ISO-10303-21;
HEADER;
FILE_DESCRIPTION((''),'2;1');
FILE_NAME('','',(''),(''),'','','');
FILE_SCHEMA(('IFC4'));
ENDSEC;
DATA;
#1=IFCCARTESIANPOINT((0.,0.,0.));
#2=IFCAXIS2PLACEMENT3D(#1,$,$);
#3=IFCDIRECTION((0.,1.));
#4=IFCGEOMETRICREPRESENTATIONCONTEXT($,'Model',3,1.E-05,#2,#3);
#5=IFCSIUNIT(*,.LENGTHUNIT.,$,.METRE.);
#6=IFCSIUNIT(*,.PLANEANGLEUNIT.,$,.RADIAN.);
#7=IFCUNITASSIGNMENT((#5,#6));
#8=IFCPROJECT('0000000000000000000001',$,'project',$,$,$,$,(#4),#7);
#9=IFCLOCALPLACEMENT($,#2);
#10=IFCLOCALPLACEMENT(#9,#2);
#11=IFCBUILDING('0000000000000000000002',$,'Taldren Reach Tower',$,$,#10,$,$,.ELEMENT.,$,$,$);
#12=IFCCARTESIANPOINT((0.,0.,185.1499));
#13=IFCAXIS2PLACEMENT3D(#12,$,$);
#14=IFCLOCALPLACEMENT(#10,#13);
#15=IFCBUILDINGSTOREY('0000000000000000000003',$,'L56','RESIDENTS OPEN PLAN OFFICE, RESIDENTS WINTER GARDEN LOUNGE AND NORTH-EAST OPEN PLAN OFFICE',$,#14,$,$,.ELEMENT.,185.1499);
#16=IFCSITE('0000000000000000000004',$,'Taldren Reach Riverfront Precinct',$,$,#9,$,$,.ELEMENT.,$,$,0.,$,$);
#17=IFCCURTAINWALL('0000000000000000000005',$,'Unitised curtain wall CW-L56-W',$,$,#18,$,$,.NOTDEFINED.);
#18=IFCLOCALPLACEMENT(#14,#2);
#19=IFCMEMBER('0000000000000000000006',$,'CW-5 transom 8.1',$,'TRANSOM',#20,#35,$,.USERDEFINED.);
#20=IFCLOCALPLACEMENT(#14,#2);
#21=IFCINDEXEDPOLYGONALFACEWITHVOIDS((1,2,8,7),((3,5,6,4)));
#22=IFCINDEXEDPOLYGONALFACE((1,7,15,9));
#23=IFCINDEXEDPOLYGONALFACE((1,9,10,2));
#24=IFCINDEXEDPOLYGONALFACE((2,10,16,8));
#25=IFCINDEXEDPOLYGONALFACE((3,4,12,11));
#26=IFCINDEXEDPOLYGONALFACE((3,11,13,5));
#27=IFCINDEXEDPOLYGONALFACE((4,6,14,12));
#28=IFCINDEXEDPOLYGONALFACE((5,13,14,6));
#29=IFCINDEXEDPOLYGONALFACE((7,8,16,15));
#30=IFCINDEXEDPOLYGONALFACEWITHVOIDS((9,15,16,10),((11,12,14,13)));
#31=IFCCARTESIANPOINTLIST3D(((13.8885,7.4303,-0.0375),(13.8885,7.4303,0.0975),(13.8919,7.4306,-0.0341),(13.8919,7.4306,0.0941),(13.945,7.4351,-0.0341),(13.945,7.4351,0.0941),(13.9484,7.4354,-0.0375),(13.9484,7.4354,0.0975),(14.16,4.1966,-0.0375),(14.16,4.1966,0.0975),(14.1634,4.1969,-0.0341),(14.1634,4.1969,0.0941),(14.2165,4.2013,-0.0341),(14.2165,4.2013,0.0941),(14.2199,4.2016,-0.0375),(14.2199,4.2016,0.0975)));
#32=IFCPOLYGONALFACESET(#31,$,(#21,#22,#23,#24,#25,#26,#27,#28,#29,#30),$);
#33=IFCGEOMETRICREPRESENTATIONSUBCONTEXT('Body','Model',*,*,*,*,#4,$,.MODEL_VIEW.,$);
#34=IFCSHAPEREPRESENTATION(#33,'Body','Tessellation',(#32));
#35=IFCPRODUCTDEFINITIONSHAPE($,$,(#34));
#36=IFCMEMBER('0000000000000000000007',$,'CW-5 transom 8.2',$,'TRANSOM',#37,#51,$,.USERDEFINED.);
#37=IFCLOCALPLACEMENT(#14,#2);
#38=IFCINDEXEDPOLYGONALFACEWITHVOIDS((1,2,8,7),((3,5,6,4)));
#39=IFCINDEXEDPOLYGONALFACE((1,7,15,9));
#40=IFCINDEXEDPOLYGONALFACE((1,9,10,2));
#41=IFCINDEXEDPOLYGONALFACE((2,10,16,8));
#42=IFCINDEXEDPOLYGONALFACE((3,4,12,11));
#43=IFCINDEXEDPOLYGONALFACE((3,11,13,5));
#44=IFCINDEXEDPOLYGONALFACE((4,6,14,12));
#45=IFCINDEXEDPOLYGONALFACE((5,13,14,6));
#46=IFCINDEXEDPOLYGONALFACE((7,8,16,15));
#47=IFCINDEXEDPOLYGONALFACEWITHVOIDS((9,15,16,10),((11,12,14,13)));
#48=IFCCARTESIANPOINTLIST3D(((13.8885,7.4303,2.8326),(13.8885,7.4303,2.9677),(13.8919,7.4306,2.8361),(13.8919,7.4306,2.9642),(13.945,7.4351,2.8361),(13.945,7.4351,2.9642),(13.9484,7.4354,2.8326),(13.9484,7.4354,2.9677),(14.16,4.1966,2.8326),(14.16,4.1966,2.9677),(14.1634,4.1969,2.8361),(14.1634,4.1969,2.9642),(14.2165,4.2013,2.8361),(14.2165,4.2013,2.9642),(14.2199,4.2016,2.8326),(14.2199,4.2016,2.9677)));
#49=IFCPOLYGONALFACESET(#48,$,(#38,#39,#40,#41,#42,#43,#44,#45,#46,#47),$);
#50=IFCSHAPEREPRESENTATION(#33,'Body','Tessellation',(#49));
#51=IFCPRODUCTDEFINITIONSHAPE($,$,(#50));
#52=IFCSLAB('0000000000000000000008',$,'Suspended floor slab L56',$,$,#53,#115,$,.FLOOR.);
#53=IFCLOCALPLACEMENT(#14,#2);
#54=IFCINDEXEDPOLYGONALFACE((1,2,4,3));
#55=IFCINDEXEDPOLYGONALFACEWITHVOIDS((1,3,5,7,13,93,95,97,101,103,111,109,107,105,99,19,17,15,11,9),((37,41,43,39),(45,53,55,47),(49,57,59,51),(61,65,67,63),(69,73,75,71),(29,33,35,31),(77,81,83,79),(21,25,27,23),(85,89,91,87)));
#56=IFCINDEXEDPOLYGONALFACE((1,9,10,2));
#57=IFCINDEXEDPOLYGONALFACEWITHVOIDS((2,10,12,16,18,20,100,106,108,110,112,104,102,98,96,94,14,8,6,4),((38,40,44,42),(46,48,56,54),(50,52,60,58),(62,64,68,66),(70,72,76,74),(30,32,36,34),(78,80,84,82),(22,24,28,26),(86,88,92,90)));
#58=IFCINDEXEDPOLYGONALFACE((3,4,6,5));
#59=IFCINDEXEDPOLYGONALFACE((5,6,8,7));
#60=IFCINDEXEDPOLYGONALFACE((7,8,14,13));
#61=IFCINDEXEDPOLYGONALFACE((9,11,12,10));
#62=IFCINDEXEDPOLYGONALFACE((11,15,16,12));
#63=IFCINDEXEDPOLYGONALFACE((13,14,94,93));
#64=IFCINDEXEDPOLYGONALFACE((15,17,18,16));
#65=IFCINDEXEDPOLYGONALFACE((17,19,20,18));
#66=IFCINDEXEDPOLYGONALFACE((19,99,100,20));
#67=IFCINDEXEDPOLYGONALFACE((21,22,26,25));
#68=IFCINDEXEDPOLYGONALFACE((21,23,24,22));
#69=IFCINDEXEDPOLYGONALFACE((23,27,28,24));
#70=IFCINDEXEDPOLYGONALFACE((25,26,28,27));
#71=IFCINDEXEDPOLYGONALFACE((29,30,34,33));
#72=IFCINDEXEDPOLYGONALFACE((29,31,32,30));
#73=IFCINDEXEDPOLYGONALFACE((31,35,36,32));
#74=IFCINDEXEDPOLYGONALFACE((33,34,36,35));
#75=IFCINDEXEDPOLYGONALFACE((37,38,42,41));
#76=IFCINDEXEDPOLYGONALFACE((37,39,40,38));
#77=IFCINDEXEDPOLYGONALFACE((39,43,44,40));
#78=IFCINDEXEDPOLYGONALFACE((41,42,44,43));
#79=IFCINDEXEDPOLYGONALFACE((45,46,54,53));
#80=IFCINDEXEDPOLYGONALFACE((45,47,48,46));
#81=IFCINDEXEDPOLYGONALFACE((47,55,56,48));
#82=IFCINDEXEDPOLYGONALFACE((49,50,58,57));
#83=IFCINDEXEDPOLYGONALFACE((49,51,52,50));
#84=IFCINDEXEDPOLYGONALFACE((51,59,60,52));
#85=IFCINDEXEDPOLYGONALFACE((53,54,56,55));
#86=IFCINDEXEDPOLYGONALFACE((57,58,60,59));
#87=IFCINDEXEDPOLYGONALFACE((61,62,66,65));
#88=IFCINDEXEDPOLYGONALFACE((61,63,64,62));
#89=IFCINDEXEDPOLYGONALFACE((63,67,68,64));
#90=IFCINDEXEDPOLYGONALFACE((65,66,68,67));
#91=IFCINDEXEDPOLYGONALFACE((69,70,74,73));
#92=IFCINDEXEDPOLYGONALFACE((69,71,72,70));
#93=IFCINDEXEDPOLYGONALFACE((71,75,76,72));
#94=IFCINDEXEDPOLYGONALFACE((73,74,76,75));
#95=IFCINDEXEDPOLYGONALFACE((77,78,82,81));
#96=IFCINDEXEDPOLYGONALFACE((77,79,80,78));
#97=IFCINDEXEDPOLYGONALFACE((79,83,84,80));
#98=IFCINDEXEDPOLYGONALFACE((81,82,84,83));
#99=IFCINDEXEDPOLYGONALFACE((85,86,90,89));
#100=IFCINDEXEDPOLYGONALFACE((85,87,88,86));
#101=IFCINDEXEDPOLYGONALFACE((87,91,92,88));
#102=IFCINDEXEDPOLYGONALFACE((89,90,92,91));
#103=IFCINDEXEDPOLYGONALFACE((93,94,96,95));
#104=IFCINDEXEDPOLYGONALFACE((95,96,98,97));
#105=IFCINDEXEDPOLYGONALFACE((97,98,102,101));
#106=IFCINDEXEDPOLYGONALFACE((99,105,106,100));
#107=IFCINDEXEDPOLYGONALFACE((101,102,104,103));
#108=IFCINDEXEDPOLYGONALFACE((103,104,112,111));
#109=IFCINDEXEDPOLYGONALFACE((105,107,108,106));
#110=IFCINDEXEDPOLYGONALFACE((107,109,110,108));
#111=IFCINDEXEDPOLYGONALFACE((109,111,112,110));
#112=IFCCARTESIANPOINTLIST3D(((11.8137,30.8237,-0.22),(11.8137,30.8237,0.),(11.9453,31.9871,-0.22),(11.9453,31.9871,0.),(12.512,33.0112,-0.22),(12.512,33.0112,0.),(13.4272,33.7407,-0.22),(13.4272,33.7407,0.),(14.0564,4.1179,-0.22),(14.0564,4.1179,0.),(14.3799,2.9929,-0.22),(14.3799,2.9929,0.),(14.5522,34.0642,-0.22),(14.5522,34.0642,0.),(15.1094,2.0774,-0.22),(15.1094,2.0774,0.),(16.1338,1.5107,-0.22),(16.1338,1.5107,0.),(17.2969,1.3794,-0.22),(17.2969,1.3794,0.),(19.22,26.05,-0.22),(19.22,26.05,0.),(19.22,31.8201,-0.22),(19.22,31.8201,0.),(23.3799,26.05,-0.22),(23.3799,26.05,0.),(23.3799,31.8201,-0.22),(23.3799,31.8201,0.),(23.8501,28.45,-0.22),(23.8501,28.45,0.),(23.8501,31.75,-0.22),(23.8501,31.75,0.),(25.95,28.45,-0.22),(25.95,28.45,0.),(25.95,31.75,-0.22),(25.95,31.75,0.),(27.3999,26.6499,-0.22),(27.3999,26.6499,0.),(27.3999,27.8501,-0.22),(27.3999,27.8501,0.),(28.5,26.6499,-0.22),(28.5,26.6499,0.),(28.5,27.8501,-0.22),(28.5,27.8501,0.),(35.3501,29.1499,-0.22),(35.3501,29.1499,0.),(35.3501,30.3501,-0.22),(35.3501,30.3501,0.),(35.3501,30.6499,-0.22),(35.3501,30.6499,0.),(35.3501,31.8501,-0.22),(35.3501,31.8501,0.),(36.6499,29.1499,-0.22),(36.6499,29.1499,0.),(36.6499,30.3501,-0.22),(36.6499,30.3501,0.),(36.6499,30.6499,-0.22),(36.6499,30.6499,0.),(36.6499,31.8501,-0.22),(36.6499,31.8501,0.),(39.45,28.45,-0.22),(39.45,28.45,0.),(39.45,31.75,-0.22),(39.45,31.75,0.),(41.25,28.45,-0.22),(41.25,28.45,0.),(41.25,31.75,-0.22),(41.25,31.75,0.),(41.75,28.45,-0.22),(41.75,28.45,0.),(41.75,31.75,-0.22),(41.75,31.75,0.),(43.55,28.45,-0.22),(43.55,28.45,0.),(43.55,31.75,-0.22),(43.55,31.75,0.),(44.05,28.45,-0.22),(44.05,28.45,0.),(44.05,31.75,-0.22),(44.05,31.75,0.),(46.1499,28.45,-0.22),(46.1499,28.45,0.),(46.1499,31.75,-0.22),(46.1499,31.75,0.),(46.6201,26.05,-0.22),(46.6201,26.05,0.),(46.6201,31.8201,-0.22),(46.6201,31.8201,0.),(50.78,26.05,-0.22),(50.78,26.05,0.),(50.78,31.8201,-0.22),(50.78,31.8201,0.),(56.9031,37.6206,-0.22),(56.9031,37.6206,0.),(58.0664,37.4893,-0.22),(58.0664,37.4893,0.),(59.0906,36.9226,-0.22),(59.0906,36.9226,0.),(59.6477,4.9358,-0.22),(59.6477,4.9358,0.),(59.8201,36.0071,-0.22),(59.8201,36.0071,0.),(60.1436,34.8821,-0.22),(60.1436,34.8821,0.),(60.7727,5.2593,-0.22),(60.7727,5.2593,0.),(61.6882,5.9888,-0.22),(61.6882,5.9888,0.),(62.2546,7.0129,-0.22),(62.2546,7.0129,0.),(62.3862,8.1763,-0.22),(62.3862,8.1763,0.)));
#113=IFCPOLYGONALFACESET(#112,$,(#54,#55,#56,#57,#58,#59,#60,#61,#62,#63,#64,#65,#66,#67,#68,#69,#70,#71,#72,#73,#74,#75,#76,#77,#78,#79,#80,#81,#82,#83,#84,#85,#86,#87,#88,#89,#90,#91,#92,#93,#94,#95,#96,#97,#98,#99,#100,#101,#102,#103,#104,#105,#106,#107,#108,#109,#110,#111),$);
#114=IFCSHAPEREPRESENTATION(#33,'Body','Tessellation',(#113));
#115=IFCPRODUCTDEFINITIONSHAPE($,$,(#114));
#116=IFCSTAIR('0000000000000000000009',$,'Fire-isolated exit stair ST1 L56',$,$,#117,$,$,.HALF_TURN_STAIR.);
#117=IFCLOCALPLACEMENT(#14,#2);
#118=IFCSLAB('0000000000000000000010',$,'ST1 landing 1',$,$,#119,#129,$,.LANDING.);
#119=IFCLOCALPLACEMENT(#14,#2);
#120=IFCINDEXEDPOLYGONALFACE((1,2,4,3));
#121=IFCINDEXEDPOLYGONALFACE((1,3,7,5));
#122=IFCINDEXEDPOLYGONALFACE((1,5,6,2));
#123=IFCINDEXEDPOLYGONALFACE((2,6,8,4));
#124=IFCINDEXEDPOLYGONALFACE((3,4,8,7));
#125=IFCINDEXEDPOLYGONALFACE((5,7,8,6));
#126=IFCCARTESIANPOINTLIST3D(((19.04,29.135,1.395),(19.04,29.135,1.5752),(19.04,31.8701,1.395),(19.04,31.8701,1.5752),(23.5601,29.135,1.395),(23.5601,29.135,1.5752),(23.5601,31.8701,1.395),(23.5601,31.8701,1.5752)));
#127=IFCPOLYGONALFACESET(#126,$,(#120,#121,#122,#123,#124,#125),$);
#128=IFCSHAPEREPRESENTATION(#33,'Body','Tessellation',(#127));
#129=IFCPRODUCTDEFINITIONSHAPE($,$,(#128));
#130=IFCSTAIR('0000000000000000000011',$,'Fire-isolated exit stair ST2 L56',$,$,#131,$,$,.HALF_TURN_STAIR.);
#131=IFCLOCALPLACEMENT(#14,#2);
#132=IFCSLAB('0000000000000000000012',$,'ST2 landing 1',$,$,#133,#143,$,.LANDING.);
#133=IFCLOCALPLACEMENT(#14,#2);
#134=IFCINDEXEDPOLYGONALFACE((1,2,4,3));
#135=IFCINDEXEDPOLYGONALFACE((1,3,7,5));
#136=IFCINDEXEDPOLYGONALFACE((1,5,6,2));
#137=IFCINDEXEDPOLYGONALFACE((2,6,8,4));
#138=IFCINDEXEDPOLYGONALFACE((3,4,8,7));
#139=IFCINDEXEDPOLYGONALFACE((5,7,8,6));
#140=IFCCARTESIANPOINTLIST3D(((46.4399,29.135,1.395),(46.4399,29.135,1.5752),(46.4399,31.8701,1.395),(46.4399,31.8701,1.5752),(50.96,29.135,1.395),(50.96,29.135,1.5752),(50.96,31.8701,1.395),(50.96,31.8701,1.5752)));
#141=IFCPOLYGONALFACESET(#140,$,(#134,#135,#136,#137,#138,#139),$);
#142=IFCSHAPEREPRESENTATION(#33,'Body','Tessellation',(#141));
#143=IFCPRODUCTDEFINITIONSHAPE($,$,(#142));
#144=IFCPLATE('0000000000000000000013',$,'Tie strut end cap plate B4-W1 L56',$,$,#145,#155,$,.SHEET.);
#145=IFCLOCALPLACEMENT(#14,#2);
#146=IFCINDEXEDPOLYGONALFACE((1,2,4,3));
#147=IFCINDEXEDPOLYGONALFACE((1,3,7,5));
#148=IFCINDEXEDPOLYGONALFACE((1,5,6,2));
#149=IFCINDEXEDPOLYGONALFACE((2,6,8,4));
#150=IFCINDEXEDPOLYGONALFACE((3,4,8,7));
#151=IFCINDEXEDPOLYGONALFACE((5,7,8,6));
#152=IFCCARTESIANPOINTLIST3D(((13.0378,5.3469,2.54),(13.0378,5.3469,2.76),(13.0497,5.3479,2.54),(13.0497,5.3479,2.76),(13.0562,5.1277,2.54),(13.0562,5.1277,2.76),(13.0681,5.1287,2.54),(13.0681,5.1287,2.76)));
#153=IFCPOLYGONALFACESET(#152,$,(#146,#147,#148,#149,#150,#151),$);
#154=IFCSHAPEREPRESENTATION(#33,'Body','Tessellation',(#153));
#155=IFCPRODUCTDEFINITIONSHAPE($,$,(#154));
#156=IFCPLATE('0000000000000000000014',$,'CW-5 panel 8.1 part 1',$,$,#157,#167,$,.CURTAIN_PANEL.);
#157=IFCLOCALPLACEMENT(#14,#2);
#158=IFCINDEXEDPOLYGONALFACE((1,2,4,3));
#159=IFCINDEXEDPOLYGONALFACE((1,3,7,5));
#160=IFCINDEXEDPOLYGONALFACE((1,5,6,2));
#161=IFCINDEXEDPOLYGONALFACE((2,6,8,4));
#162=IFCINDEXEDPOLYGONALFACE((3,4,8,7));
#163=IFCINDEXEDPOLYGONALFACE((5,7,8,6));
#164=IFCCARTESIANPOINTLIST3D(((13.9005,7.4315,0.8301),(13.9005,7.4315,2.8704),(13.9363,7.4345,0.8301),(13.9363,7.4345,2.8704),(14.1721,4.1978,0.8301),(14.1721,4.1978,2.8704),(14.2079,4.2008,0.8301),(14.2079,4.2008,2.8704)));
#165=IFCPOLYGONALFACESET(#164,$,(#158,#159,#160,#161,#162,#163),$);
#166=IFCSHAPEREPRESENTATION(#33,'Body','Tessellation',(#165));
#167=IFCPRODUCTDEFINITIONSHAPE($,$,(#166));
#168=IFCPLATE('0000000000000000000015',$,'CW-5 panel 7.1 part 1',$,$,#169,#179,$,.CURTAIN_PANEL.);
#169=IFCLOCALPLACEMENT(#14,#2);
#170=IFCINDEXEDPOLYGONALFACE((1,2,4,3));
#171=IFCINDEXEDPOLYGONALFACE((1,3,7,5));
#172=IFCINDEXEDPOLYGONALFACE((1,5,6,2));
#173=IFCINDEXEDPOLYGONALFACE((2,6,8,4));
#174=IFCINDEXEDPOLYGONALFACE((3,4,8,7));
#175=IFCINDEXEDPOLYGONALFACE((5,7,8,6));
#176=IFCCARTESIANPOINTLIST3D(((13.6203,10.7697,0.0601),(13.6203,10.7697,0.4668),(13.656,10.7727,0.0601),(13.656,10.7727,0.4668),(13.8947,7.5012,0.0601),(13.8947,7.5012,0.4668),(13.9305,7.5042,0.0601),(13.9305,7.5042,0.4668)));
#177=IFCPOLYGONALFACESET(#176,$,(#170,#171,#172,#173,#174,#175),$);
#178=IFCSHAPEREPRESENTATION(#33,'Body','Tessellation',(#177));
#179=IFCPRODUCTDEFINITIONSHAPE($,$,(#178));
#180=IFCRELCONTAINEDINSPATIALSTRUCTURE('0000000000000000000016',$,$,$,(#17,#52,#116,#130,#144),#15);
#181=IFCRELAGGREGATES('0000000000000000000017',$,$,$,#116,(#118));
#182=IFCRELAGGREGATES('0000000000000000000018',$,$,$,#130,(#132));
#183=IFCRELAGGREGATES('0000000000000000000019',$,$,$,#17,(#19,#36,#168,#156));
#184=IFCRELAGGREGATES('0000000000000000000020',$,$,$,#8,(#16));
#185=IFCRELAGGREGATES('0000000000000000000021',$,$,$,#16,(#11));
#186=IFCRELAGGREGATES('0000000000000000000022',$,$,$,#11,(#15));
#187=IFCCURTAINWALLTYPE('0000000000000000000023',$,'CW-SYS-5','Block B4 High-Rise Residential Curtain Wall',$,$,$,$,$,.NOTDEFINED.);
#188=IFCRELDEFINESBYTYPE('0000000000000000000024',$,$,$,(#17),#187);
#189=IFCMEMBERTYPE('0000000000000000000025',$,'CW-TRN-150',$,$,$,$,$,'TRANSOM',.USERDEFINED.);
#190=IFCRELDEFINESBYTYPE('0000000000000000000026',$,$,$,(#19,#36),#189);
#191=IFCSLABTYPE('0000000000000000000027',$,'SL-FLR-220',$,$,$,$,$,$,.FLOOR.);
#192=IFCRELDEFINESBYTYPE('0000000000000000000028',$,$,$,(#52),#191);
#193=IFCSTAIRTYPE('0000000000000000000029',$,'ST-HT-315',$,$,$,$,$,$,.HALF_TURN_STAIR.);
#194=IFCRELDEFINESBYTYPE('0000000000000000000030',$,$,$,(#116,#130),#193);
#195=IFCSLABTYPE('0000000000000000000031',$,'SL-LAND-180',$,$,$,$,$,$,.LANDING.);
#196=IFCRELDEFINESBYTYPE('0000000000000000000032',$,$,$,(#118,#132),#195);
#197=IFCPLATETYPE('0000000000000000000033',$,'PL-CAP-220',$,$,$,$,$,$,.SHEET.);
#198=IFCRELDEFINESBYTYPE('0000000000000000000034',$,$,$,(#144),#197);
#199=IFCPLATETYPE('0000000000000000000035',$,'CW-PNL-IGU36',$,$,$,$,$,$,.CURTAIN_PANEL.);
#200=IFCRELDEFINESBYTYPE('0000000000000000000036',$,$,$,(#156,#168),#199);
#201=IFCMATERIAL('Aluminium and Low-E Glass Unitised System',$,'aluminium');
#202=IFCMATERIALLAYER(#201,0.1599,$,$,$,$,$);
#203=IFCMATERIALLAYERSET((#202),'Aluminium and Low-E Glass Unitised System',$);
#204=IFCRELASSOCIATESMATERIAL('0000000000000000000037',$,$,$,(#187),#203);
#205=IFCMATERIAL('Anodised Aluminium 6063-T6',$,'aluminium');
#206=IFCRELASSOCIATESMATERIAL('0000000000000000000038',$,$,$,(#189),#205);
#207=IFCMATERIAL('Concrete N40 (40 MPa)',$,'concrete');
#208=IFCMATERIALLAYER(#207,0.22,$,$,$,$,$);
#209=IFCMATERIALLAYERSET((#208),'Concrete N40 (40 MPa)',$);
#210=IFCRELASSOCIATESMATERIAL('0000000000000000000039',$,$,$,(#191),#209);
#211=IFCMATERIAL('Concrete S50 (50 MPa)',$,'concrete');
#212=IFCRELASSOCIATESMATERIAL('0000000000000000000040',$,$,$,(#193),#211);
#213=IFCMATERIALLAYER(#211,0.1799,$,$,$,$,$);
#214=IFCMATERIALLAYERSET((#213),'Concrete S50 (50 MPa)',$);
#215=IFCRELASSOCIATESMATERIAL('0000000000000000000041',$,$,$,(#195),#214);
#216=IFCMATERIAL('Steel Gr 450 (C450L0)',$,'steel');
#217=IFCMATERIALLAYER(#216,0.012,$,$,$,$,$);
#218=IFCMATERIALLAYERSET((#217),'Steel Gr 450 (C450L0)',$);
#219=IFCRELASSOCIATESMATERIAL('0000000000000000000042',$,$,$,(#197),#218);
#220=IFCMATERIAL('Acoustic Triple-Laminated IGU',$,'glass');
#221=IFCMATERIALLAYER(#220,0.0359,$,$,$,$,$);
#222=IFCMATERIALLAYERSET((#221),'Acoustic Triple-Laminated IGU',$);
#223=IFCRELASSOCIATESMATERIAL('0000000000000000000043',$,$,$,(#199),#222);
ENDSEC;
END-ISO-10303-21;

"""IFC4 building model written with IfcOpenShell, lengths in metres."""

from ifc_helpers import new_model, si_unit, direction, frame, origin, origin_2d, place, context, subcontext, project, spatial, polyline, rectangle, hollow_rectangle, outline, extrude, source, transform, mapped, material, layer, layer_set, material_profile, profile_set, type_object, element, aggregate, save


model = new_model("IFC4")

# Units and contexts
model_context = context("Model", 3, precision=1e-05, world=origin(), true_north=direction((0.0, 1.0)))
body_context = subcontext(model_context, "Body", "Model", "MODEL_VIEW")
ifc_project = project(units=[si_unit("LENGTHUNIT", "METRE"), si_unit("PLANEANGLEUNIT", "RADIAN")], contexts=[model_context])

# Site, building, storey
site_placement = place(None, origin())
site = spatial("IfcSite", under=ifc_project, at=site_placement, Name="Taldren Reach Riverfront Precinct", CompositionType="ELEMENT", RefElevation=0.0)
building_placement = place(site_placement, origin())
building = spatial("IfcBuilding", under=site, at=building_placement, Name="Taldren Reach Tower", CompositionType="ELEMENT")
storey_placement = place(building_placement, frame((0.0, 0.0, 185.1499)))
storey = spatial("IfcBuildingStorey", under=building, at=storey_placement, Name="L56", Description="RESIDENTS OPEN PLAN OFFICE, RESIDENTS WINTER GARDEN LOUNGE AND NORTH-EAST OPEN PLAN OFFICE", CompositionType="ELEMENT", Elevation=185.1499)

# Shared definitions
ifc_material_1 = material(Name="Steel Gr 450 (C450L0)", Category="steel")

# Shared definitions
ifc_material_2 = material(Name="Aluminium and Low-E Glass Unitised System", Category="aluminium")
ifc_layer_1 = layer(ifc_material_2, 0.1599)
ifc_layer_set_1 = layer_set([ifc_layer_1], Name="Aluminium and Low-E Glass Unitised System")
curtain_wall_type = type_object("IfcCurtainWallType", Name="CW-SYS-5", Description="Block B4 High-Rise Residential Curtain Wall", PredefinedType="NOTDEFINED", material=ifc_layer_set_1)
ifc_material_3 = material(Name="Anodised Aluminium 6063-T6", Category="aluminium")

# Curtain wall
curtain_wall_1_placement = place(storey_placement, origin())
curtain_wall_1 = element("IfcCurtainWall", 1, at=curtain_wall_1_placement, inside=storey, type_object=curtain_wall_type, Name="Unitised curtain wall CW-L56-W", PredefinedType="NOTDEFINED")

# Members
ifc_material_profile_1 = material_profile(ifc_material_3, hollow_rectangle(XDim=0.0601, YDim=0.135, WallThickness=0.0034, at=origin_2d()), Name="ALU-135x60x3.5RHS")
ifc_profile_set_1 = profile_set([ifc_material_profile_1], Name="Anodised Aluminium 6063-T6")
member_type_1 = type_object("IfcMemberType", Name="CW-TRN-150", ElementType="TRANSOM", PredefinedType="USERDEFINED", material=ifc_profile_set_1)
shared_shape_1 = source(origin(), body_context, "Body", "SweptSolid", [
    extrude(hollow_rectangle(XDim=0.0601, YDim=0.135, WallThickness=0.0034, at=origin_2d()), origin(), (0.0, 0.0, 1.0), 3.2451),
])
member_1_placement = place(storey_placement, frame((13.9185, 7.4329, 0.03), z_axis=(0.083662, -0.996494, 0.0), x_axis=(0.996494, 0.083662, 0.0)))
member_1 = element("IfcMember", 2, at=member_1_placement, type_object=member_type_1, Name="CW-5 transom 8.1", ObjectType="TRANSOM", PredefinedType="USERDEFINED", context=body_context, shape_type="MappedRepresentation", body=[
    mapped(shared_shape_1, transform((0.0, 0.0, 0.0), scale=1.0)),
])
member_2_placement = place(storey_placement, frame((13.9185, 7.4329, 2.9001), z_axis=(0.083662, -0.996494, 0.0), x_axis=(0.996494, 0.083662, 0.0)))
member_2 = element("IfcMember", 3, at=member_2_placement, type_object=member_type_1, Name="CW-5 transom 8.2", ObjectType="TRANSOM", PredefinedType="USERDEFINED", context=body_context, shape_type="MappedRepresentation", body=[
    mapped(shared_shape_1, transform((0.0, 0.0, 0.0), scale=1.0)),
])

# Slab
ifc_material_4 = material(Name="Concrete N40 (40 MPa)", Category="concrete")
ifc_layer_2 = layer(ifc_material_4, 0.22)
ifc_layer_set_2 = layer_set([ifc_layer_2], Name="Concrete N40 (40 MPa)")
slab_type_1 = type_object("IfcSlabType", Name="SL-FLR-220", PredefinedType="FLOOR", material=ifc_layer_set_2)
slab_1_placement = place(storey_placement, frame((0.0, 0.0, -0.22)))
element("IfcSlab", 4, at=slab_1_placement, inside=storey, type_object=slab_type_1, Name="Suspended floor slab L56", PredefinedType="FLOOR", context=body_context, shape_type="SweptSolid", body=[
    extrude(outline(polyline([(59.6477, 4.9358), (60.7727, 5.2593), (61.6882, 5.9888), (62.2546, 7.0129), (62.3862, 8.1763), (60.1436, 34.8821), (59.8201, 36.0071), (59.0906, 36.9226), (58.0664, 37.4893), (56.9031, 37.6206), (14.5522, 34.0642), (13.4272, 33.7407), (12.512, 33.0112), (11.9453, 31.9871), (11.8137, 30.8237), (14.0564, 4.1179), (14.3799, 2.9929), (15.1094, 2.0774), (16.1338, 1.5107), (17.2969, 1.3794), (59.6477, 4.9358)]), holes=[polyline([(19.22, 26.05), (23.3799, 26.05), (23.3799, 31.8201), (19.22, 31.8201), (19.22, 26.05)]), polyline([(46.6201, 26.05), (50.78, 26.05), (50.78, 31.8201), (46.6201, 31.8201), (46.6201, 26.05)]), polyline([(23.8501, 28.45), (25.95, 28.45), (25.95, 31.75), (23.8501, 31.75), (23.8501, 28.45)]), polyline([(44.05, 28.45), (46.1499, 28.45), (46.1499, 31.75), (44.05, 31.75), (44.05, 28.45)]), polyline([(39.45, 28.45), (41.25, 28.45), (41.25, 31.75), (39.45, 31.75), (39.45, 28.45)]), polyline([(41.75, 28.45), (43.55, 28.45), (43.55, 31.75), (41.75, 31.75), (41.75, 28.45)]), polyline([(35.3501, 30.6499), (36.6499, 30.6499), (36.6499, 31.8501), (35.3501, 31.8501), (35.3501, 30.6499)]), polyline([(35.3501, 29.1499), (36.6499, 29.1499), (36.6499, 30.3501), (35.3501, 30.3501), (35.3501, 29.1499)]), polyline([(27.3999, 26.6499), (28.5, 26.6499), (28.5, 27.8501), (27.3999, 27.8501), (27.3999, 26.6499)])]), origin(), (0.0, 0.0, 1.0), 0.22),
])

# Stairs, slabs
ifc_material_5 = material(Name="Concrete S50 (50 MPa)", Category="concrete")
stair_type = type_object("IfcStairType", Name="ST-HT-315", PredefinedType="HALF_TURN_STAIR", material=ifc_material_5)
stair_1_placement = place(storey_placement, origin())
stair_1 = element("IfcStair", 5, at=stair_1_placement, inside=storey, type_object=stair_type, Name="Fire-isolated exit stair ST1 L56", PredefinedType="HALF_TURN_STAIR")
ifc_layer_3 = layer(ifc_material_5, 0.1799)
ifc_layer_set_3 = layer_set([ifc_layer_3], Name="Concrete S50 (50 MPa)")
slab_type_2 = type_object("IfcSlabType", Name="SL-LAND-180", PredefinedType="LANDING", material=ifc_layer_set_3)
slab_2_placement = place(storey_placement, frame((0.0, 0.0, 1.395)))
slab_2 = element("IfcSlab", 6, at=slab_2_placement, type_object=slab_type_2, Name="ST1 landing 1", PredefinedType="LANDING", context=body_context, shape_type="SweptSolid", body=[
    extrude(outline(polyline([(19.04, 29.135), (23.5601, 29.135), (23.5601, 31.8701), (19.04, 31.8701), (19.04, 29.135)])), origin(), (0.0, 0.0, 1.0), 0.1802),
])
aggregate(stair_1, [slab_2])
stair_2_placement = place(storey_placement, origin())
stair_2 = element("IfcStair", 7, at=stair_2_placement, inside=storey, type_object=stair_type, Name="Fire-isolated exit stair ST2 L56", PredefinedType="HALF_TURN_STAIR")
slab_3_placement = place(storey_placement, frame((0.0, 0.0, 1.395)))
slab_3 = element("IfcSlab", 8, at=slab_3_placement, type_object=slab_type_2, Name="ST2 landing 1", PredefinedType="LANDING", context=body_context, shape_type="SweptSolid", body=[
    extrude(outline(polyline([(46.4399, 29.135), (50.96, 29.135), (50.96, 31.8701), (46.4399, 31.8701), (46.4399, 29.135)])), origin(), (0.0, 0.0, 1.0), 0.1802),
])
aggregate(stair_2, [slab_3])

# Plates
ifc_layer_4 = layer(ifc_material_1, 0.012)
ifc_layer_set_4 = layer_set([ifc_layer_4], Name="Steel Gr 450 (C450L0)")
plate_type_1 = type_object("IfcPlateType", Name="PL-CAP-220", PredefinedType="SHEET", material=ifc_layer_set_4)
shared_shape_2 = source(origin(), body_context, "Body", "SweptSolid", [
    extrude(rectangle(XDim=0.012, YDim=0.22, at=origin_2d()), origin(), (0.0, 0.0, 1.0), 0.22),
])
plate_1_placement = place(storey_placement, frame((13.053, 5.2378, 2.54), z_axis=(0.0, 0.0, 1.0), x_axis=(0.996493, 0.083678, 0.0)))
element("IfcPlate", 9, at=plate_1_placement, inside=storey, type_object=plate_type_1, Name="Tie strut end cap plate B4-W1 L56", PredefinedType="SHEET", context=body_context, shape_type="MappedRepresentation", body=[
    mapped(shared_shape_2, transform((0.0, 0.0, 0.0), scale=1.0)),
])
ifc_material_6 = material(Name="Acoustic Triple-Laminated IGU", Category="glass")
ifc_layer_5 = layer(ifc_material_6, 0.0359)
ifc_layer_set_5 = layer_set([ifc_layer_5], Name="Acoustic Triple-Laminated IGU")
plate_type_2 = type_object("IfcPlateType", Name="CW-PNL-IGU36", PredefinedType="CURTAIN_PANEL", material=ifc_layer_set_5)
shared_shape_3 = source(origin(), body_context, "Body", "SweptSolid", [
    extrude(rectangle(XDim=3.2451, YDim=0.0359, at=origin_2d()), origin(), (0.0, 0.0, 1.0), 2.0403),
])
plate_2_placement = place(storey_placement, frame((14.0542, 5.8162, 0.8301), z_axis=(0.0, 0.0, 1.0), x_axis=(0.083678, -0.996493, 0.0)))
plate_2 = element("IfcPlate", 10, at=plate_2_placement, type_object=plate_type_2, Name="CW-5 panel 8.1 part 1", PredefinedType="CURTAIN_PANEL", context=body_context, shape_type="MappedRepresentation", body=[
    mapped(shared_shape_3, transform((0.0, 0.0, 0.0), scale=1.0)),
])
shared_shape_4 = source(origin(), body_context, "Body", "SweptSolid", [
    extrude(rectangle(XDim=3.28, YDim=0.0359, at=origin_2d()), origin(), (0.0, 0.0, 1.0), 0.4067),
])
plate_3_placement = place(storey_placement, frame((13.7754, 9.137, 0.0601), z_axis=(0.0, 0.0, 1.0), x_axis=(0.083678, -0.996493, 0.0)))
plate_3 = element("IfcPlate", 11, at=plate_3_placement, type_object=plate_type_2, Name="CW-5 panel 7.1 part 1", PredefinedType="CURTAIN_PANEL", context=body_context, shape_type="MappedRepresentation", body=[
    mapped(shared_shape_4, transform((0.0, 0.0, 0.0), scale=1.0)),
])
aggregate(curtain_wall_1, [member_1, member_2, plate_3, plate_2])

save(model, "model.ifc")
